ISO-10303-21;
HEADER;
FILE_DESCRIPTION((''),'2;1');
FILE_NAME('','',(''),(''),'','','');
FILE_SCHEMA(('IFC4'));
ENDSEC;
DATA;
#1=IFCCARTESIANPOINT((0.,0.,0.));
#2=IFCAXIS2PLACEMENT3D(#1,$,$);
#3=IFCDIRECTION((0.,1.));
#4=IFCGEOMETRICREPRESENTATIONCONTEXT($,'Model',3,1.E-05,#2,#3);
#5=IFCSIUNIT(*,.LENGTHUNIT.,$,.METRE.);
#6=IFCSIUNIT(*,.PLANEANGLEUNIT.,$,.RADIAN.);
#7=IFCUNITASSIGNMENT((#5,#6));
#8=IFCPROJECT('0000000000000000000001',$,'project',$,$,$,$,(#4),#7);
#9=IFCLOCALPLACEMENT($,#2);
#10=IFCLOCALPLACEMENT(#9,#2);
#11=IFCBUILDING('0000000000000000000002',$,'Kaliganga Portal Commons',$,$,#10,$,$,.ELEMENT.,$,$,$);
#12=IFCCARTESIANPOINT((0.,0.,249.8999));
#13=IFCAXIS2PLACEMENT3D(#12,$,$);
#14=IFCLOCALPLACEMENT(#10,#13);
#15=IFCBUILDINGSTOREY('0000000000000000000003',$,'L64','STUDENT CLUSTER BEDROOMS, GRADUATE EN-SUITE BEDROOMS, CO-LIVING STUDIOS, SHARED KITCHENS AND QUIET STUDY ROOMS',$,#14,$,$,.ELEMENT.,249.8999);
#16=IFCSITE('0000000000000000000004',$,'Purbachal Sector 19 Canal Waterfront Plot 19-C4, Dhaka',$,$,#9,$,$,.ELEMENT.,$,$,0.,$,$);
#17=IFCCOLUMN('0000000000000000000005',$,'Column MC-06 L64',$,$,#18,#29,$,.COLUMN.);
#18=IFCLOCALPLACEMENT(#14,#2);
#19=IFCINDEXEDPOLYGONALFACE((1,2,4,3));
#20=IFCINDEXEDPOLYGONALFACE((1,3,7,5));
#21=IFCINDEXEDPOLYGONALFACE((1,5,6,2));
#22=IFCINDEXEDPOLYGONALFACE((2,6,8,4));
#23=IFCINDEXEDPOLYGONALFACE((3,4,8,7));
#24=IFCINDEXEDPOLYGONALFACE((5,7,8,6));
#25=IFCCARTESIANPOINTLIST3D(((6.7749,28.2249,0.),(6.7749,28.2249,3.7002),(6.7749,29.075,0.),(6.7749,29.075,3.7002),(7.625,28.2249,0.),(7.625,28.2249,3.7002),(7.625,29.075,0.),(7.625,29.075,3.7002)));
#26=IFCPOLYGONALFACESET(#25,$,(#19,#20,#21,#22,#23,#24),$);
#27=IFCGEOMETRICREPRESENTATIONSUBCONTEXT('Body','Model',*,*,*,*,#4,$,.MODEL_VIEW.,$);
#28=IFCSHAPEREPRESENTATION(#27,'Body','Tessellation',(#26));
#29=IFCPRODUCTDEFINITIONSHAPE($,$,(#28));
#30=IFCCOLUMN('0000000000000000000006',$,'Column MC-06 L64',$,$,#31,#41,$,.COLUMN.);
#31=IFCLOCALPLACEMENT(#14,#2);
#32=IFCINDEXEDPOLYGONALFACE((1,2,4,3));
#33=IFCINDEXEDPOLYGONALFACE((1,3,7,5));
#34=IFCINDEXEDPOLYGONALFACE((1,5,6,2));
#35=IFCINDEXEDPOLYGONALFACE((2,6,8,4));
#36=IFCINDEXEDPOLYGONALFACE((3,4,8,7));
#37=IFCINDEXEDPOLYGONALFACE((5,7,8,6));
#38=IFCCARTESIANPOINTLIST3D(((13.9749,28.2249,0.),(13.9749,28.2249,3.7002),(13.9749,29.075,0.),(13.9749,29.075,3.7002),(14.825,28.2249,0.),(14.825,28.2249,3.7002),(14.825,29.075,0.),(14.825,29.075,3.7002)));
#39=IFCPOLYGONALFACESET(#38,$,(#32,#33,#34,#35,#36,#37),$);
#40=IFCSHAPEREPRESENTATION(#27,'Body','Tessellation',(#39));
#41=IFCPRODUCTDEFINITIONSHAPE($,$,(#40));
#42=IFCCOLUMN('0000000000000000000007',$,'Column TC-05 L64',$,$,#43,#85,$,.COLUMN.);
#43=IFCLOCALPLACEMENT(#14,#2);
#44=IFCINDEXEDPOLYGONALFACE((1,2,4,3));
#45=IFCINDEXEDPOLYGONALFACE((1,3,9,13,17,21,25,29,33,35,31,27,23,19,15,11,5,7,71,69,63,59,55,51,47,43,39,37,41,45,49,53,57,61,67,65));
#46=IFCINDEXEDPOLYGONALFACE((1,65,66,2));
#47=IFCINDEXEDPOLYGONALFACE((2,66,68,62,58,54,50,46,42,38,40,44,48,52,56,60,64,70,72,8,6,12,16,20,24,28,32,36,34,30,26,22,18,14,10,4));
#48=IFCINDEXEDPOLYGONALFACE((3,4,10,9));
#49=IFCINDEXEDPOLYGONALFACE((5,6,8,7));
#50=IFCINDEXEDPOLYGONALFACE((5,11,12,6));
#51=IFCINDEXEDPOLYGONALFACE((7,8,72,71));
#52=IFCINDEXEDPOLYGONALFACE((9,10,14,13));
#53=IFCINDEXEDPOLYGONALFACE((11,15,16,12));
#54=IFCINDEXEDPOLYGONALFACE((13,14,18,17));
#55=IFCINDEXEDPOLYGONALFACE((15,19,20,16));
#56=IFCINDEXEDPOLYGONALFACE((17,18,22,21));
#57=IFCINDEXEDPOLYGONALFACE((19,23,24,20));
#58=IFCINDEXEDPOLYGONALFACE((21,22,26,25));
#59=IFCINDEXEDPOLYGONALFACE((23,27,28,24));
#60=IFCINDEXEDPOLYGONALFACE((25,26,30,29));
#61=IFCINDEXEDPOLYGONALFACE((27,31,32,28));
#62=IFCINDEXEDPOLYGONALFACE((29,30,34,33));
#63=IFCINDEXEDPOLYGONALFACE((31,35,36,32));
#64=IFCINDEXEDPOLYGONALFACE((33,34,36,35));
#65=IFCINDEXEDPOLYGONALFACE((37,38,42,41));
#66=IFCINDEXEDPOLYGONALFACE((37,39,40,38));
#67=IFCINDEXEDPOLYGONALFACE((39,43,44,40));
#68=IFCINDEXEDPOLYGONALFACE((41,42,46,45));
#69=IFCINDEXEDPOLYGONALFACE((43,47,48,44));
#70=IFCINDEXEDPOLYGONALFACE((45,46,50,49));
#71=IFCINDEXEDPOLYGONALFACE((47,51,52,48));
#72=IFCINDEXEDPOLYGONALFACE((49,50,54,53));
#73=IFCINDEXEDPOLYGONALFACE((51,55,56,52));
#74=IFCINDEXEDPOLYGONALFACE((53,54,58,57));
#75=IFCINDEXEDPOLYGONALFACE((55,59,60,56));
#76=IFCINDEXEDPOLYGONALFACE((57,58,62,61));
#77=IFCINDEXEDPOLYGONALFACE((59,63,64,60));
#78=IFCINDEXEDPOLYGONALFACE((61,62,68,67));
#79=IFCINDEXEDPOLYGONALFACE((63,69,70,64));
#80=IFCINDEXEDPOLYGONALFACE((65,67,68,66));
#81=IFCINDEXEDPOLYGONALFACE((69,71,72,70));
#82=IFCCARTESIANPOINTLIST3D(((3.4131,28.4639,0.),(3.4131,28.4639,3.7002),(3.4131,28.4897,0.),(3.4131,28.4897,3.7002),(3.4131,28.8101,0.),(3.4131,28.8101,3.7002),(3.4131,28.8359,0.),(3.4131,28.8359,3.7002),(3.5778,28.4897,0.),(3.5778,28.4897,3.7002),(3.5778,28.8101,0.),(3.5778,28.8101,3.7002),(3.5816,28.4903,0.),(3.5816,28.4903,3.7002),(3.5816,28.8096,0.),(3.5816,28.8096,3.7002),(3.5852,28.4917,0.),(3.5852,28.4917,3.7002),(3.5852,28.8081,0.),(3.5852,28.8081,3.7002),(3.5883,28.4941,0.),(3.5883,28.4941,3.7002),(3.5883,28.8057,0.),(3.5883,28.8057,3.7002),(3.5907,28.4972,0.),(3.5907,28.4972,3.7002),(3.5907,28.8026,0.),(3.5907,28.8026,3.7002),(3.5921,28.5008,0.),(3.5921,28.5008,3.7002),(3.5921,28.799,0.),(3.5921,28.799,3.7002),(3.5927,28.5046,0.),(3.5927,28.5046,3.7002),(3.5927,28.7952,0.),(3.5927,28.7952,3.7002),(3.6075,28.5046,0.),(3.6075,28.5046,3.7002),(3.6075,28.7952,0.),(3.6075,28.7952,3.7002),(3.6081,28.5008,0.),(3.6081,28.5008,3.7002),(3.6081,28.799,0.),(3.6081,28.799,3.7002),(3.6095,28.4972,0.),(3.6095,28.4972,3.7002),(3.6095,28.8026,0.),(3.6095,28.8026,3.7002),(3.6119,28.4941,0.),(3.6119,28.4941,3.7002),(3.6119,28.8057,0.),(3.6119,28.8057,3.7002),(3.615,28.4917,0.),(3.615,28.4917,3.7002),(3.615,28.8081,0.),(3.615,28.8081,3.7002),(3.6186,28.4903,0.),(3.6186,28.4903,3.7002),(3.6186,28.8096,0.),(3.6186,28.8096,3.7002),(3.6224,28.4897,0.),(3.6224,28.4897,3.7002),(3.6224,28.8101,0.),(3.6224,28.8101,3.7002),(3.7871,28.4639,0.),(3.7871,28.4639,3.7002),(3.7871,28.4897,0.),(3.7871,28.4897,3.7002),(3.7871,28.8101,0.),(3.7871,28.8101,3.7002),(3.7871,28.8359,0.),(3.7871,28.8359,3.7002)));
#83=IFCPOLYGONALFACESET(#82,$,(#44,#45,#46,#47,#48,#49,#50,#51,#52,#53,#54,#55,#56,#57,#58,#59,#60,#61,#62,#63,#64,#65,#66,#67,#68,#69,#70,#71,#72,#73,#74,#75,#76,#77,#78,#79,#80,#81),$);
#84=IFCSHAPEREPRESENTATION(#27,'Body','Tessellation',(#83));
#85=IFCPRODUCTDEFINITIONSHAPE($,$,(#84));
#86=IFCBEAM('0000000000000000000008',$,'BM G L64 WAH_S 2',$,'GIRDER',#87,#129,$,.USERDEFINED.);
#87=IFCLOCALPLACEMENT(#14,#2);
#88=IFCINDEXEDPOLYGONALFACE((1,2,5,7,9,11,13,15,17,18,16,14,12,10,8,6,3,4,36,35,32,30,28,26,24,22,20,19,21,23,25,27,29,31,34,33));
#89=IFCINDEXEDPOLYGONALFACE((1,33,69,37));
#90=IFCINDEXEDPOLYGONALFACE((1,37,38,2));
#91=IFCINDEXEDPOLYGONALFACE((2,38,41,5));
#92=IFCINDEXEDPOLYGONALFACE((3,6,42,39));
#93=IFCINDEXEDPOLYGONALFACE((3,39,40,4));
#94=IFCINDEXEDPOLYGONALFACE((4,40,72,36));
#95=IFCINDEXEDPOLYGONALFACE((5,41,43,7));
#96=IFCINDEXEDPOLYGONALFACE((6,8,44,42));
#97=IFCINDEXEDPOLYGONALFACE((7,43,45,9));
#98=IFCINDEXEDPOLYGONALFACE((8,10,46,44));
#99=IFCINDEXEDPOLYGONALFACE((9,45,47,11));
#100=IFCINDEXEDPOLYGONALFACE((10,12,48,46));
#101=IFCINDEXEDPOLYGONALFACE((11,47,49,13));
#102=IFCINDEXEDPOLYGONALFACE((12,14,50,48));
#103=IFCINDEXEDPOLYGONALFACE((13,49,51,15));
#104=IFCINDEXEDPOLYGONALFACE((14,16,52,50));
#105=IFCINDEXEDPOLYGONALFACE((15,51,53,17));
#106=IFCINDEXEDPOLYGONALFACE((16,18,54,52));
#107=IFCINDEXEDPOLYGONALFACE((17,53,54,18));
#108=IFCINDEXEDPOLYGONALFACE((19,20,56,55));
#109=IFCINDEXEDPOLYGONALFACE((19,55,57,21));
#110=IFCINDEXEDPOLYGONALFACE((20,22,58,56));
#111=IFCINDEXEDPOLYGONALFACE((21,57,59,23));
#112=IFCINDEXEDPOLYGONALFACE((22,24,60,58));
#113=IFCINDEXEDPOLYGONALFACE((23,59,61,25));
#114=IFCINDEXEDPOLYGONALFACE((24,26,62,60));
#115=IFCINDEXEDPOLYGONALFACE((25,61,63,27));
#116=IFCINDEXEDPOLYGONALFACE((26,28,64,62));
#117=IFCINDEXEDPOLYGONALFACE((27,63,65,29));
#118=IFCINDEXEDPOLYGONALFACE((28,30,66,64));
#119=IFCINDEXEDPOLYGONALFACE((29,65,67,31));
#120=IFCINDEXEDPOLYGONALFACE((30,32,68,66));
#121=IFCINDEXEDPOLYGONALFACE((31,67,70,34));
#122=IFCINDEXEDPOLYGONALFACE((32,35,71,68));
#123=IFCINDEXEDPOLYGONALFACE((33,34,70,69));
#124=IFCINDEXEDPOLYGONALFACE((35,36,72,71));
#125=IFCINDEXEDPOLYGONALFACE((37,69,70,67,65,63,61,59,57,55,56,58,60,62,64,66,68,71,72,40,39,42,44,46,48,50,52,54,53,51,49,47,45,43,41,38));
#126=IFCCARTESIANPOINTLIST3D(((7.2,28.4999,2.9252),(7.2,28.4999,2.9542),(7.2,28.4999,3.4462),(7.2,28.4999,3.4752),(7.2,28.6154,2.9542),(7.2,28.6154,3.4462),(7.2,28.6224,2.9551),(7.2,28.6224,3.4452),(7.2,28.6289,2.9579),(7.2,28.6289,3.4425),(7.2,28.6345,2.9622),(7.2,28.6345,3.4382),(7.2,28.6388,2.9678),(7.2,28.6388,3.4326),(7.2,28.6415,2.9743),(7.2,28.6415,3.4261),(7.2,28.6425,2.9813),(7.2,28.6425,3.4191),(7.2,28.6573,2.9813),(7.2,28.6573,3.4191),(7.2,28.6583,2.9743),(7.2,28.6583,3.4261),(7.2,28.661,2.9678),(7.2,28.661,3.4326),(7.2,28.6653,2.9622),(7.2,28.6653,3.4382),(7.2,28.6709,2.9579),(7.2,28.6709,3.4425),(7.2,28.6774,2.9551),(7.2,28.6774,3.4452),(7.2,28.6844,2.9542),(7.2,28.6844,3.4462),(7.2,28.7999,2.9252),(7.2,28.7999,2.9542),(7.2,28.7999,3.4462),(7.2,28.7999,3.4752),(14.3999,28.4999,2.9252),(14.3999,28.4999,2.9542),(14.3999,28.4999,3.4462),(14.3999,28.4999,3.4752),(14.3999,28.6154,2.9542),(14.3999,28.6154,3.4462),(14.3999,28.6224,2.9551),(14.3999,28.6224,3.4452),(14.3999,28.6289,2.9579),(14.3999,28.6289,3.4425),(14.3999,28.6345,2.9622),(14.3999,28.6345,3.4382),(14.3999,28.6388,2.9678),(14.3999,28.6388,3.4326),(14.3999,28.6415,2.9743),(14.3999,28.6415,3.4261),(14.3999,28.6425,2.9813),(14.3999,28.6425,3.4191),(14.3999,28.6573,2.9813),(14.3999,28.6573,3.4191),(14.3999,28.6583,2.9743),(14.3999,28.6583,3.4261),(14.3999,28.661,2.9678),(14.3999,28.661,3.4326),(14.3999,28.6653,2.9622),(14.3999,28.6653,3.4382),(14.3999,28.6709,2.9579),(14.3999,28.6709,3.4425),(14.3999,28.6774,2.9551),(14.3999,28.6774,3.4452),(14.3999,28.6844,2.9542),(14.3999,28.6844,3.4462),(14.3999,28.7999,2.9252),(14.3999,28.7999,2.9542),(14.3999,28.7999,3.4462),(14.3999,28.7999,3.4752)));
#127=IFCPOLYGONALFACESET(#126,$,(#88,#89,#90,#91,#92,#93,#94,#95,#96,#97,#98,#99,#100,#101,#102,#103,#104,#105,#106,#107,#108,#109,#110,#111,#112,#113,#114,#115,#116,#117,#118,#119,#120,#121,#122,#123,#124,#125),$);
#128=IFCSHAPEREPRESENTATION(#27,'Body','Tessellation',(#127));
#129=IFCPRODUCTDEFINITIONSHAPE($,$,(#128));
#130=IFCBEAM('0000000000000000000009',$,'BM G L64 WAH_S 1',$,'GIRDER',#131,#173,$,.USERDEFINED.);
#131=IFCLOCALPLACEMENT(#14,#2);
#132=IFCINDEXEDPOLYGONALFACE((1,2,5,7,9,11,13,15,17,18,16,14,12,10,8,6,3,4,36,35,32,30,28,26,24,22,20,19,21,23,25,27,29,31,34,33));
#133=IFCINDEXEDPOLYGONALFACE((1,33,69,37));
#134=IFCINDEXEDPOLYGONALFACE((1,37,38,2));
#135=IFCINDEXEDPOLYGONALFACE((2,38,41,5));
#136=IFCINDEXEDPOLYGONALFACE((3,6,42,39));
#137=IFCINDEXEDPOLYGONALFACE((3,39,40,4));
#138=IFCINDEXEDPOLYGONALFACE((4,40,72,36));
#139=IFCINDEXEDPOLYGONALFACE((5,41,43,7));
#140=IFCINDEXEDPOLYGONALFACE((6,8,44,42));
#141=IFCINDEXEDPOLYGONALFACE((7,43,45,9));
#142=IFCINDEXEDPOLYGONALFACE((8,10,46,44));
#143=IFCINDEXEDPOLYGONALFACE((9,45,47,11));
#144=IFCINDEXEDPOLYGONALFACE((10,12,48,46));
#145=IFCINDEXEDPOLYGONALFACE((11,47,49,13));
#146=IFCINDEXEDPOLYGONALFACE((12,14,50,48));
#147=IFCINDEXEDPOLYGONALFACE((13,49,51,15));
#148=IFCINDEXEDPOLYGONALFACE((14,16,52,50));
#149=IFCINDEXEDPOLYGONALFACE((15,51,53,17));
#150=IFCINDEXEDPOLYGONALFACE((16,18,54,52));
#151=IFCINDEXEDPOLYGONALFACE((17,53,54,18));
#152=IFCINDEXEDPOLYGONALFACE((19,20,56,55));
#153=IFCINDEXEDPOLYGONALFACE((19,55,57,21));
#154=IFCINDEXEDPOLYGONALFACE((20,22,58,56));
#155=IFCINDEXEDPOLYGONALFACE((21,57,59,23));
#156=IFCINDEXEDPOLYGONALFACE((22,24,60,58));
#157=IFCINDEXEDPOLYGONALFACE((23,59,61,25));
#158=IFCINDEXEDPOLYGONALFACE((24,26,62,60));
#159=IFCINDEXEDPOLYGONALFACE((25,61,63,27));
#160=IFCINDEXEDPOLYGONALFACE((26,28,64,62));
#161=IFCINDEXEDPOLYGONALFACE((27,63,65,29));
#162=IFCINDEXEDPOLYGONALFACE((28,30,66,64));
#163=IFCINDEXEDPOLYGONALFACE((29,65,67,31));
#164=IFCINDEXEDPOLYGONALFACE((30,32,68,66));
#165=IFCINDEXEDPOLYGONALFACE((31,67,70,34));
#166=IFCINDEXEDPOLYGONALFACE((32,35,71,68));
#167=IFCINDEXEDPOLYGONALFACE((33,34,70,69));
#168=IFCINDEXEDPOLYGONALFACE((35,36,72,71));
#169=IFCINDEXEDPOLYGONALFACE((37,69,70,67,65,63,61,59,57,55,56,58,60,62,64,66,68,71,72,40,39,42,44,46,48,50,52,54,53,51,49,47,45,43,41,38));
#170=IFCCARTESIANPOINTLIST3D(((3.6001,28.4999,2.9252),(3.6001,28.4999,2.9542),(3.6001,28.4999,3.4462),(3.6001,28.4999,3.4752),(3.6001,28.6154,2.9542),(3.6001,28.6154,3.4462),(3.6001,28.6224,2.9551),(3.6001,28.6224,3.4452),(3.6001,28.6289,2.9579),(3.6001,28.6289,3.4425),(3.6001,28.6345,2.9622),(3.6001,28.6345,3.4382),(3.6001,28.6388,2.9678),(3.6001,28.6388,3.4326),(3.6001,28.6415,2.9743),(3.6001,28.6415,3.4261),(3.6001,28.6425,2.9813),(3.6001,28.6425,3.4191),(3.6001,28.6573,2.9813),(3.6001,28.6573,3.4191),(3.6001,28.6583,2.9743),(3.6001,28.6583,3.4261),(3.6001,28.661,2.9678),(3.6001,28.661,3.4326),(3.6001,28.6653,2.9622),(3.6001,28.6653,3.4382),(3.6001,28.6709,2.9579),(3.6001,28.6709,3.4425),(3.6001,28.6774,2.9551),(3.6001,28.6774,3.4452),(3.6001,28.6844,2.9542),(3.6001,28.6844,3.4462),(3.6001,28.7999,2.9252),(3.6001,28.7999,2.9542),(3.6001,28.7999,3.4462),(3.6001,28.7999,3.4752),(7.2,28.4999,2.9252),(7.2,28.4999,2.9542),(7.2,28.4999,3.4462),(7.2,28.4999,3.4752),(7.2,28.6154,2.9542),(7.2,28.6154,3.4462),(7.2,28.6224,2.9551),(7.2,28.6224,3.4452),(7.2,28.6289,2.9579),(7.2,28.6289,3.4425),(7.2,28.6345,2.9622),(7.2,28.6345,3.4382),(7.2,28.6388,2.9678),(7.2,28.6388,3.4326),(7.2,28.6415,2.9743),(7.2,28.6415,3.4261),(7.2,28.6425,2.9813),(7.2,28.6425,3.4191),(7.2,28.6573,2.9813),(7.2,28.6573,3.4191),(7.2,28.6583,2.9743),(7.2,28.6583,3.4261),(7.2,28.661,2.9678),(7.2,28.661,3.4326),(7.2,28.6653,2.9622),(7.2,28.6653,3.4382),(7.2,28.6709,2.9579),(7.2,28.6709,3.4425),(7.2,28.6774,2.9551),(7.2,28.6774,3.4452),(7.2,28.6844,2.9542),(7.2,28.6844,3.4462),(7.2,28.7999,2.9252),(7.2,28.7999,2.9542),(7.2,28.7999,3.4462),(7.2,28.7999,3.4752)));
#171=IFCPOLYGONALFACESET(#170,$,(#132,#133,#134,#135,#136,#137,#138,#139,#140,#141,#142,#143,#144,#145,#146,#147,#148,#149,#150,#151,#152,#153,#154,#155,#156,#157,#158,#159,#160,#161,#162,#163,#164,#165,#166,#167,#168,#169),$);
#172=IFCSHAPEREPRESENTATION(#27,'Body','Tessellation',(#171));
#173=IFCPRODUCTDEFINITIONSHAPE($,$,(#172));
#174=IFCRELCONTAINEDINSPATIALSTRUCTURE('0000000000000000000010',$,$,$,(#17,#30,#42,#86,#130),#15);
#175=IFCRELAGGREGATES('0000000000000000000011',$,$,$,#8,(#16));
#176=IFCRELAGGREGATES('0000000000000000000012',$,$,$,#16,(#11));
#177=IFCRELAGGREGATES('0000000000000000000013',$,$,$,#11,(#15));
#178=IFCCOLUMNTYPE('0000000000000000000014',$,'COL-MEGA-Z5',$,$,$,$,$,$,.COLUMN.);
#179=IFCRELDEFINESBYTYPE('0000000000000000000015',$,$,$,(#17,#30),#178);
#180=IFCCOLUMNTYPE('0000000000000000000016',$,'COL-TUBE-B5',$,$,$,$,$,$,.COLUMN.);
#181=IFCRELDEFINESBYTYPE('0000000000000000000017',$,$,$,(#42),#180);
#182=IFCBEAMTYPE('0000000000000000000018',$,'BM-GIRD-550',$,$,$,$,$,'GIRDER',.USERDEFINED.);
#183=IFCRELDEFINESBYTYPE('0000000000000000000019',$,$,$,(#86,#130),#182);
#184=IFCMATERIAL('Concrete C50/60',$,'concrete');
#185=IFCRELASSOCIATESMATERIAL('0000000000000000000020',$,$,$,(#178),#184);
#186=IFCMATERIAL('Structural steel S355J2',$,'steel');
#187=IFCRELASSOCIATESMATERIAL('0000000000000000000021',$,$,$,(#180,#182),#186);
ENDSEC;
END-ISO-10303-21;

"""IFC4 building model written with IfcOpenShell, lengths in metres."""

from ifc_helpers import new_model, si_unit, direction, frame, origin, origin_2d, place, context, subcontext, project, spatial, rectangle, i_section, extrude, source, transform, mapped, material, material_profile, profile_set, type_object, element, save


model = new_model("IFC4")

# Units and contexts
model_context = context("Model", 3, precision=1e-05, world=origin(), true_north=direction((0.0, 1.0)))
body_context = subcontext(model_context, "Body", "Model", "MODEL_VIEW")
ifc_project = project(units=[si_unit("LENGTHUNIT", "METRE"), si_unit("PLANEANGLEUNIT", "RADIAN")], contexts=[model_context])

# Site, building, storey
site_placement = place(None, origin())
site = spatial("IfcSite", under=ifc_project, at=site_placement, Name="Purbachal Sector 19 Canal Waterfront Plot 19-C4, Dhaka", CompositionType="ELEMENT", RefElevation=0.0)
building_placement = place(site_placement, origin())
building = spatial("IfcBuilding", under=site, at=building_placement, Name="Kaliganga Portal Commons", CompositionType="ELEMENT")
storey_placement = place(building_placement, frame((0.0, 0.0, 249.8999)))
storey = spatial("IfcBuildingStorey", under=building, at=storey_placement, Name="L64", Description="STUDENT CLUSTER BEDROOMS, GRADUATE EN-SUITE BEDROOMS, CO-LIVING STUDIOS, SHARED KITCHENS AND QUIET STUDY ROOMS", CompositionType="ELEMENT", Elevation=249.8999)

# Columns
ifc_material_1 = material(Name="Concrete C50/60", Category="concrete")
ifc_material_profile_1 = material_profile(ifc_material_1, rectangle(XDim=0.8501, YDim=0.8501, at=origin_2d()), Name="RC 850x850")
ifc_profile_set_1 = profile_set([ifc_material_profile_1], Name="Concrete C50/60")
column_type_1 = type_object("IfcColumnType", Name="COL-MEGA-Z5", PredefinedType="COLUMN", material=ifc_profile_set_1)
shared_shape_1 = source(origin(), body_context, "Body", "SweptSolid", [
    extrude(rectangle(XDim=0.8501, YDim=0.8501, at=origin_2d()), origin(), (0.0, 0.0, 1.0), 3.7002),
])
for number, where, z_axis, x_axis, name in (
    (1, (7.2, 28.6499, 0.0), (0.0, 0.0, 1.0), (1.0, 0.0, 0.0), "Column MC-06 L64"),
    (2, (14.3999, 28.6499, 0.0), (0.0, 0.0, 1.0), (1.0, 0.0, 0.0), "Column MC-06 L64"),
):
    element("IfcColumn", number, at=place(storey_placement, frame(where, z_axis=z_axis, x_axis=x_axis)), inside=storey, type_object=column_type_1, Name=name, PredefinedType="COLUMN", context=body_context, shape_type="MappedRepresentation", body=[
        mapped(shared_shape_1, transform((0.0, 0.0, 0.0), x_axis=(1.0, 0.0, 0.0), y_axis=(0.0, 1.0, 0.0), z_axis=(0.0, 0.0, 1.0), scale=1.0)),
    ])
ifc_material_2 = material(Name="Structural steel S355J2", Category="steel")
ifc_material_profile_2 = material_profile(ifc_material_2, i_section(OverallWidth=0.374, OverallDepth=0.3721, WebThickness=0.0149, FlangeThickness=0.0259, FilletRadius=0.0149, at=origin_2d()), Name="HD 360x196")
ifc_profile_set_2 = profile_set([ifc_material_profile_2], Name="Structural steel S355J2 wide-flange")
column_type_2 = type_object("IfcColumnType", Name="COL-TUBE-B5", PredefinedType="COLUMN", material=ifc_profile_set_2)
shared_shape_2 = source(origin(), body_context, "Body", "SweptSolid", [
    extrude(i_section(OverallWidth=0.374, OverallDepth=0.3721, WebThickness=0.0149, FlangeThickness=0.0259, FilletRadius=0.0149, at=origin_2d()), origin(), (0.0, 0.0, 1.0), 3.7002),
])
column_placement = place(storey_placement, frame((3.6001, 28.6499, 0.0), z_axis=(0.0, 0.0, 1.0), x_axis=(1.0, 0.0, 0.0)))
element("IfcColumn", 3, at=column_placement, inside=storey, type_object=column_type_2, Name="Column TC-05 L64", PredefinedType="COLUMN", context=body_context, shape_type="MappedRepresentation", body=[
    mapped(shared_shape_2, transform((0.0, 0.0, 0.0), x_axis=(1.0, 0.0, 0.0), y_axis=(0.0, 1.0, 0.0), z_axis=(0.0, 0.0, 1.0), scale=1.0)),
])

# Beams
ifc_material_profile_3 = material_profile(ifc_material_2, i_section(OverallWidth=0.3, OverallDepth=0.55, WebThickness=0.0149, FlangeThickness=0.0291, FilletRadius=0.0271, at=origin_2d()), Name="HE 550 B")
ifc_profile_set_3 = profile_set([ifc_material_profile_3], Name="Structural steel S355J2 wide-flange")
beam_type_1 = type_object("IfcBeamType", Name="BM-GIRD-550", ElementType="GIRDER", PredefinedType="USERDEFINED", material=ifc_profile_set_3)
shared_shape_3 = source(origin(), body_context, "Body", "SweptSolid", [
    extrude(i_section(OverallWidth=0.3, OverallDepth=0.55, WebThickness=0.0149, FlangeThickness=0.0291, FilletRadius=0.0271, at=origin_2d()), origin(), (0.0, 0.0, 1.0), 7.2),
])
beam_1_placement = place(storey_placement, frame((7.2, 28.6499, 3.2002), z_axis=(1.0, 0.0, 0.0), x_axis=(0.0, 1.0, 0.0)))
element("IfcBeam", 4, at=beam_1_placement, inside=storey, type_object=beam_type_1, Name="BM G L64 WAH_S 2", ObjectType="GIRDER", PredefinedType="USERDEFINED", context=body_context, shape_type="MappedRepresentation", body=[
    mapped(shared_shape_3, transform((0.0, 0.0, 0.0), x_axis=(1.0, 0.0, 0.0), y_axis=(0.0, 1.0, 0.0), z_axis=(0.0, 0.0, 1.0), scale=1.0)),
])
shared_shape_4 = source(origin(), body_context, "Body", "SweptSolid", [
    extrude(i_section(OverallWidth=0.3, OverallDepth=0.55, WebThickness=0.0149, FlangeThickness=0.0291, FilletRadius=0.0271, at=origin_2d()), origin(), (0.0, 0.0, 1.0), 3.5999),
])
beam_2_placement = place(storey_placement, frame((3.6001, 28.6499, 3.2002), z_axis=(1.0, 0.0, 0.0), x_axis=(0.0, 1.0, 0.0)))
element("IfcBeam", 5, at=beam_2_placement, inside=storey, type_object=beam_type_1, Name="BM G L64 WAH_S 1", ObjectType="GIRDER", PredefinedType="USERDEFINED", context=body_context, shape_type="MappedRepresentation", body=[
    mapped(shared_shape_4, transform((0.0, 0.0, 0.0), x_axis=(1.0, 0.0, 0.0), y_axis=(0.0, 1.0, 0.0), z_axis=(0.0, 0.0, 1.0), scale=1.0)),
])

save(model, "model.ifc")
